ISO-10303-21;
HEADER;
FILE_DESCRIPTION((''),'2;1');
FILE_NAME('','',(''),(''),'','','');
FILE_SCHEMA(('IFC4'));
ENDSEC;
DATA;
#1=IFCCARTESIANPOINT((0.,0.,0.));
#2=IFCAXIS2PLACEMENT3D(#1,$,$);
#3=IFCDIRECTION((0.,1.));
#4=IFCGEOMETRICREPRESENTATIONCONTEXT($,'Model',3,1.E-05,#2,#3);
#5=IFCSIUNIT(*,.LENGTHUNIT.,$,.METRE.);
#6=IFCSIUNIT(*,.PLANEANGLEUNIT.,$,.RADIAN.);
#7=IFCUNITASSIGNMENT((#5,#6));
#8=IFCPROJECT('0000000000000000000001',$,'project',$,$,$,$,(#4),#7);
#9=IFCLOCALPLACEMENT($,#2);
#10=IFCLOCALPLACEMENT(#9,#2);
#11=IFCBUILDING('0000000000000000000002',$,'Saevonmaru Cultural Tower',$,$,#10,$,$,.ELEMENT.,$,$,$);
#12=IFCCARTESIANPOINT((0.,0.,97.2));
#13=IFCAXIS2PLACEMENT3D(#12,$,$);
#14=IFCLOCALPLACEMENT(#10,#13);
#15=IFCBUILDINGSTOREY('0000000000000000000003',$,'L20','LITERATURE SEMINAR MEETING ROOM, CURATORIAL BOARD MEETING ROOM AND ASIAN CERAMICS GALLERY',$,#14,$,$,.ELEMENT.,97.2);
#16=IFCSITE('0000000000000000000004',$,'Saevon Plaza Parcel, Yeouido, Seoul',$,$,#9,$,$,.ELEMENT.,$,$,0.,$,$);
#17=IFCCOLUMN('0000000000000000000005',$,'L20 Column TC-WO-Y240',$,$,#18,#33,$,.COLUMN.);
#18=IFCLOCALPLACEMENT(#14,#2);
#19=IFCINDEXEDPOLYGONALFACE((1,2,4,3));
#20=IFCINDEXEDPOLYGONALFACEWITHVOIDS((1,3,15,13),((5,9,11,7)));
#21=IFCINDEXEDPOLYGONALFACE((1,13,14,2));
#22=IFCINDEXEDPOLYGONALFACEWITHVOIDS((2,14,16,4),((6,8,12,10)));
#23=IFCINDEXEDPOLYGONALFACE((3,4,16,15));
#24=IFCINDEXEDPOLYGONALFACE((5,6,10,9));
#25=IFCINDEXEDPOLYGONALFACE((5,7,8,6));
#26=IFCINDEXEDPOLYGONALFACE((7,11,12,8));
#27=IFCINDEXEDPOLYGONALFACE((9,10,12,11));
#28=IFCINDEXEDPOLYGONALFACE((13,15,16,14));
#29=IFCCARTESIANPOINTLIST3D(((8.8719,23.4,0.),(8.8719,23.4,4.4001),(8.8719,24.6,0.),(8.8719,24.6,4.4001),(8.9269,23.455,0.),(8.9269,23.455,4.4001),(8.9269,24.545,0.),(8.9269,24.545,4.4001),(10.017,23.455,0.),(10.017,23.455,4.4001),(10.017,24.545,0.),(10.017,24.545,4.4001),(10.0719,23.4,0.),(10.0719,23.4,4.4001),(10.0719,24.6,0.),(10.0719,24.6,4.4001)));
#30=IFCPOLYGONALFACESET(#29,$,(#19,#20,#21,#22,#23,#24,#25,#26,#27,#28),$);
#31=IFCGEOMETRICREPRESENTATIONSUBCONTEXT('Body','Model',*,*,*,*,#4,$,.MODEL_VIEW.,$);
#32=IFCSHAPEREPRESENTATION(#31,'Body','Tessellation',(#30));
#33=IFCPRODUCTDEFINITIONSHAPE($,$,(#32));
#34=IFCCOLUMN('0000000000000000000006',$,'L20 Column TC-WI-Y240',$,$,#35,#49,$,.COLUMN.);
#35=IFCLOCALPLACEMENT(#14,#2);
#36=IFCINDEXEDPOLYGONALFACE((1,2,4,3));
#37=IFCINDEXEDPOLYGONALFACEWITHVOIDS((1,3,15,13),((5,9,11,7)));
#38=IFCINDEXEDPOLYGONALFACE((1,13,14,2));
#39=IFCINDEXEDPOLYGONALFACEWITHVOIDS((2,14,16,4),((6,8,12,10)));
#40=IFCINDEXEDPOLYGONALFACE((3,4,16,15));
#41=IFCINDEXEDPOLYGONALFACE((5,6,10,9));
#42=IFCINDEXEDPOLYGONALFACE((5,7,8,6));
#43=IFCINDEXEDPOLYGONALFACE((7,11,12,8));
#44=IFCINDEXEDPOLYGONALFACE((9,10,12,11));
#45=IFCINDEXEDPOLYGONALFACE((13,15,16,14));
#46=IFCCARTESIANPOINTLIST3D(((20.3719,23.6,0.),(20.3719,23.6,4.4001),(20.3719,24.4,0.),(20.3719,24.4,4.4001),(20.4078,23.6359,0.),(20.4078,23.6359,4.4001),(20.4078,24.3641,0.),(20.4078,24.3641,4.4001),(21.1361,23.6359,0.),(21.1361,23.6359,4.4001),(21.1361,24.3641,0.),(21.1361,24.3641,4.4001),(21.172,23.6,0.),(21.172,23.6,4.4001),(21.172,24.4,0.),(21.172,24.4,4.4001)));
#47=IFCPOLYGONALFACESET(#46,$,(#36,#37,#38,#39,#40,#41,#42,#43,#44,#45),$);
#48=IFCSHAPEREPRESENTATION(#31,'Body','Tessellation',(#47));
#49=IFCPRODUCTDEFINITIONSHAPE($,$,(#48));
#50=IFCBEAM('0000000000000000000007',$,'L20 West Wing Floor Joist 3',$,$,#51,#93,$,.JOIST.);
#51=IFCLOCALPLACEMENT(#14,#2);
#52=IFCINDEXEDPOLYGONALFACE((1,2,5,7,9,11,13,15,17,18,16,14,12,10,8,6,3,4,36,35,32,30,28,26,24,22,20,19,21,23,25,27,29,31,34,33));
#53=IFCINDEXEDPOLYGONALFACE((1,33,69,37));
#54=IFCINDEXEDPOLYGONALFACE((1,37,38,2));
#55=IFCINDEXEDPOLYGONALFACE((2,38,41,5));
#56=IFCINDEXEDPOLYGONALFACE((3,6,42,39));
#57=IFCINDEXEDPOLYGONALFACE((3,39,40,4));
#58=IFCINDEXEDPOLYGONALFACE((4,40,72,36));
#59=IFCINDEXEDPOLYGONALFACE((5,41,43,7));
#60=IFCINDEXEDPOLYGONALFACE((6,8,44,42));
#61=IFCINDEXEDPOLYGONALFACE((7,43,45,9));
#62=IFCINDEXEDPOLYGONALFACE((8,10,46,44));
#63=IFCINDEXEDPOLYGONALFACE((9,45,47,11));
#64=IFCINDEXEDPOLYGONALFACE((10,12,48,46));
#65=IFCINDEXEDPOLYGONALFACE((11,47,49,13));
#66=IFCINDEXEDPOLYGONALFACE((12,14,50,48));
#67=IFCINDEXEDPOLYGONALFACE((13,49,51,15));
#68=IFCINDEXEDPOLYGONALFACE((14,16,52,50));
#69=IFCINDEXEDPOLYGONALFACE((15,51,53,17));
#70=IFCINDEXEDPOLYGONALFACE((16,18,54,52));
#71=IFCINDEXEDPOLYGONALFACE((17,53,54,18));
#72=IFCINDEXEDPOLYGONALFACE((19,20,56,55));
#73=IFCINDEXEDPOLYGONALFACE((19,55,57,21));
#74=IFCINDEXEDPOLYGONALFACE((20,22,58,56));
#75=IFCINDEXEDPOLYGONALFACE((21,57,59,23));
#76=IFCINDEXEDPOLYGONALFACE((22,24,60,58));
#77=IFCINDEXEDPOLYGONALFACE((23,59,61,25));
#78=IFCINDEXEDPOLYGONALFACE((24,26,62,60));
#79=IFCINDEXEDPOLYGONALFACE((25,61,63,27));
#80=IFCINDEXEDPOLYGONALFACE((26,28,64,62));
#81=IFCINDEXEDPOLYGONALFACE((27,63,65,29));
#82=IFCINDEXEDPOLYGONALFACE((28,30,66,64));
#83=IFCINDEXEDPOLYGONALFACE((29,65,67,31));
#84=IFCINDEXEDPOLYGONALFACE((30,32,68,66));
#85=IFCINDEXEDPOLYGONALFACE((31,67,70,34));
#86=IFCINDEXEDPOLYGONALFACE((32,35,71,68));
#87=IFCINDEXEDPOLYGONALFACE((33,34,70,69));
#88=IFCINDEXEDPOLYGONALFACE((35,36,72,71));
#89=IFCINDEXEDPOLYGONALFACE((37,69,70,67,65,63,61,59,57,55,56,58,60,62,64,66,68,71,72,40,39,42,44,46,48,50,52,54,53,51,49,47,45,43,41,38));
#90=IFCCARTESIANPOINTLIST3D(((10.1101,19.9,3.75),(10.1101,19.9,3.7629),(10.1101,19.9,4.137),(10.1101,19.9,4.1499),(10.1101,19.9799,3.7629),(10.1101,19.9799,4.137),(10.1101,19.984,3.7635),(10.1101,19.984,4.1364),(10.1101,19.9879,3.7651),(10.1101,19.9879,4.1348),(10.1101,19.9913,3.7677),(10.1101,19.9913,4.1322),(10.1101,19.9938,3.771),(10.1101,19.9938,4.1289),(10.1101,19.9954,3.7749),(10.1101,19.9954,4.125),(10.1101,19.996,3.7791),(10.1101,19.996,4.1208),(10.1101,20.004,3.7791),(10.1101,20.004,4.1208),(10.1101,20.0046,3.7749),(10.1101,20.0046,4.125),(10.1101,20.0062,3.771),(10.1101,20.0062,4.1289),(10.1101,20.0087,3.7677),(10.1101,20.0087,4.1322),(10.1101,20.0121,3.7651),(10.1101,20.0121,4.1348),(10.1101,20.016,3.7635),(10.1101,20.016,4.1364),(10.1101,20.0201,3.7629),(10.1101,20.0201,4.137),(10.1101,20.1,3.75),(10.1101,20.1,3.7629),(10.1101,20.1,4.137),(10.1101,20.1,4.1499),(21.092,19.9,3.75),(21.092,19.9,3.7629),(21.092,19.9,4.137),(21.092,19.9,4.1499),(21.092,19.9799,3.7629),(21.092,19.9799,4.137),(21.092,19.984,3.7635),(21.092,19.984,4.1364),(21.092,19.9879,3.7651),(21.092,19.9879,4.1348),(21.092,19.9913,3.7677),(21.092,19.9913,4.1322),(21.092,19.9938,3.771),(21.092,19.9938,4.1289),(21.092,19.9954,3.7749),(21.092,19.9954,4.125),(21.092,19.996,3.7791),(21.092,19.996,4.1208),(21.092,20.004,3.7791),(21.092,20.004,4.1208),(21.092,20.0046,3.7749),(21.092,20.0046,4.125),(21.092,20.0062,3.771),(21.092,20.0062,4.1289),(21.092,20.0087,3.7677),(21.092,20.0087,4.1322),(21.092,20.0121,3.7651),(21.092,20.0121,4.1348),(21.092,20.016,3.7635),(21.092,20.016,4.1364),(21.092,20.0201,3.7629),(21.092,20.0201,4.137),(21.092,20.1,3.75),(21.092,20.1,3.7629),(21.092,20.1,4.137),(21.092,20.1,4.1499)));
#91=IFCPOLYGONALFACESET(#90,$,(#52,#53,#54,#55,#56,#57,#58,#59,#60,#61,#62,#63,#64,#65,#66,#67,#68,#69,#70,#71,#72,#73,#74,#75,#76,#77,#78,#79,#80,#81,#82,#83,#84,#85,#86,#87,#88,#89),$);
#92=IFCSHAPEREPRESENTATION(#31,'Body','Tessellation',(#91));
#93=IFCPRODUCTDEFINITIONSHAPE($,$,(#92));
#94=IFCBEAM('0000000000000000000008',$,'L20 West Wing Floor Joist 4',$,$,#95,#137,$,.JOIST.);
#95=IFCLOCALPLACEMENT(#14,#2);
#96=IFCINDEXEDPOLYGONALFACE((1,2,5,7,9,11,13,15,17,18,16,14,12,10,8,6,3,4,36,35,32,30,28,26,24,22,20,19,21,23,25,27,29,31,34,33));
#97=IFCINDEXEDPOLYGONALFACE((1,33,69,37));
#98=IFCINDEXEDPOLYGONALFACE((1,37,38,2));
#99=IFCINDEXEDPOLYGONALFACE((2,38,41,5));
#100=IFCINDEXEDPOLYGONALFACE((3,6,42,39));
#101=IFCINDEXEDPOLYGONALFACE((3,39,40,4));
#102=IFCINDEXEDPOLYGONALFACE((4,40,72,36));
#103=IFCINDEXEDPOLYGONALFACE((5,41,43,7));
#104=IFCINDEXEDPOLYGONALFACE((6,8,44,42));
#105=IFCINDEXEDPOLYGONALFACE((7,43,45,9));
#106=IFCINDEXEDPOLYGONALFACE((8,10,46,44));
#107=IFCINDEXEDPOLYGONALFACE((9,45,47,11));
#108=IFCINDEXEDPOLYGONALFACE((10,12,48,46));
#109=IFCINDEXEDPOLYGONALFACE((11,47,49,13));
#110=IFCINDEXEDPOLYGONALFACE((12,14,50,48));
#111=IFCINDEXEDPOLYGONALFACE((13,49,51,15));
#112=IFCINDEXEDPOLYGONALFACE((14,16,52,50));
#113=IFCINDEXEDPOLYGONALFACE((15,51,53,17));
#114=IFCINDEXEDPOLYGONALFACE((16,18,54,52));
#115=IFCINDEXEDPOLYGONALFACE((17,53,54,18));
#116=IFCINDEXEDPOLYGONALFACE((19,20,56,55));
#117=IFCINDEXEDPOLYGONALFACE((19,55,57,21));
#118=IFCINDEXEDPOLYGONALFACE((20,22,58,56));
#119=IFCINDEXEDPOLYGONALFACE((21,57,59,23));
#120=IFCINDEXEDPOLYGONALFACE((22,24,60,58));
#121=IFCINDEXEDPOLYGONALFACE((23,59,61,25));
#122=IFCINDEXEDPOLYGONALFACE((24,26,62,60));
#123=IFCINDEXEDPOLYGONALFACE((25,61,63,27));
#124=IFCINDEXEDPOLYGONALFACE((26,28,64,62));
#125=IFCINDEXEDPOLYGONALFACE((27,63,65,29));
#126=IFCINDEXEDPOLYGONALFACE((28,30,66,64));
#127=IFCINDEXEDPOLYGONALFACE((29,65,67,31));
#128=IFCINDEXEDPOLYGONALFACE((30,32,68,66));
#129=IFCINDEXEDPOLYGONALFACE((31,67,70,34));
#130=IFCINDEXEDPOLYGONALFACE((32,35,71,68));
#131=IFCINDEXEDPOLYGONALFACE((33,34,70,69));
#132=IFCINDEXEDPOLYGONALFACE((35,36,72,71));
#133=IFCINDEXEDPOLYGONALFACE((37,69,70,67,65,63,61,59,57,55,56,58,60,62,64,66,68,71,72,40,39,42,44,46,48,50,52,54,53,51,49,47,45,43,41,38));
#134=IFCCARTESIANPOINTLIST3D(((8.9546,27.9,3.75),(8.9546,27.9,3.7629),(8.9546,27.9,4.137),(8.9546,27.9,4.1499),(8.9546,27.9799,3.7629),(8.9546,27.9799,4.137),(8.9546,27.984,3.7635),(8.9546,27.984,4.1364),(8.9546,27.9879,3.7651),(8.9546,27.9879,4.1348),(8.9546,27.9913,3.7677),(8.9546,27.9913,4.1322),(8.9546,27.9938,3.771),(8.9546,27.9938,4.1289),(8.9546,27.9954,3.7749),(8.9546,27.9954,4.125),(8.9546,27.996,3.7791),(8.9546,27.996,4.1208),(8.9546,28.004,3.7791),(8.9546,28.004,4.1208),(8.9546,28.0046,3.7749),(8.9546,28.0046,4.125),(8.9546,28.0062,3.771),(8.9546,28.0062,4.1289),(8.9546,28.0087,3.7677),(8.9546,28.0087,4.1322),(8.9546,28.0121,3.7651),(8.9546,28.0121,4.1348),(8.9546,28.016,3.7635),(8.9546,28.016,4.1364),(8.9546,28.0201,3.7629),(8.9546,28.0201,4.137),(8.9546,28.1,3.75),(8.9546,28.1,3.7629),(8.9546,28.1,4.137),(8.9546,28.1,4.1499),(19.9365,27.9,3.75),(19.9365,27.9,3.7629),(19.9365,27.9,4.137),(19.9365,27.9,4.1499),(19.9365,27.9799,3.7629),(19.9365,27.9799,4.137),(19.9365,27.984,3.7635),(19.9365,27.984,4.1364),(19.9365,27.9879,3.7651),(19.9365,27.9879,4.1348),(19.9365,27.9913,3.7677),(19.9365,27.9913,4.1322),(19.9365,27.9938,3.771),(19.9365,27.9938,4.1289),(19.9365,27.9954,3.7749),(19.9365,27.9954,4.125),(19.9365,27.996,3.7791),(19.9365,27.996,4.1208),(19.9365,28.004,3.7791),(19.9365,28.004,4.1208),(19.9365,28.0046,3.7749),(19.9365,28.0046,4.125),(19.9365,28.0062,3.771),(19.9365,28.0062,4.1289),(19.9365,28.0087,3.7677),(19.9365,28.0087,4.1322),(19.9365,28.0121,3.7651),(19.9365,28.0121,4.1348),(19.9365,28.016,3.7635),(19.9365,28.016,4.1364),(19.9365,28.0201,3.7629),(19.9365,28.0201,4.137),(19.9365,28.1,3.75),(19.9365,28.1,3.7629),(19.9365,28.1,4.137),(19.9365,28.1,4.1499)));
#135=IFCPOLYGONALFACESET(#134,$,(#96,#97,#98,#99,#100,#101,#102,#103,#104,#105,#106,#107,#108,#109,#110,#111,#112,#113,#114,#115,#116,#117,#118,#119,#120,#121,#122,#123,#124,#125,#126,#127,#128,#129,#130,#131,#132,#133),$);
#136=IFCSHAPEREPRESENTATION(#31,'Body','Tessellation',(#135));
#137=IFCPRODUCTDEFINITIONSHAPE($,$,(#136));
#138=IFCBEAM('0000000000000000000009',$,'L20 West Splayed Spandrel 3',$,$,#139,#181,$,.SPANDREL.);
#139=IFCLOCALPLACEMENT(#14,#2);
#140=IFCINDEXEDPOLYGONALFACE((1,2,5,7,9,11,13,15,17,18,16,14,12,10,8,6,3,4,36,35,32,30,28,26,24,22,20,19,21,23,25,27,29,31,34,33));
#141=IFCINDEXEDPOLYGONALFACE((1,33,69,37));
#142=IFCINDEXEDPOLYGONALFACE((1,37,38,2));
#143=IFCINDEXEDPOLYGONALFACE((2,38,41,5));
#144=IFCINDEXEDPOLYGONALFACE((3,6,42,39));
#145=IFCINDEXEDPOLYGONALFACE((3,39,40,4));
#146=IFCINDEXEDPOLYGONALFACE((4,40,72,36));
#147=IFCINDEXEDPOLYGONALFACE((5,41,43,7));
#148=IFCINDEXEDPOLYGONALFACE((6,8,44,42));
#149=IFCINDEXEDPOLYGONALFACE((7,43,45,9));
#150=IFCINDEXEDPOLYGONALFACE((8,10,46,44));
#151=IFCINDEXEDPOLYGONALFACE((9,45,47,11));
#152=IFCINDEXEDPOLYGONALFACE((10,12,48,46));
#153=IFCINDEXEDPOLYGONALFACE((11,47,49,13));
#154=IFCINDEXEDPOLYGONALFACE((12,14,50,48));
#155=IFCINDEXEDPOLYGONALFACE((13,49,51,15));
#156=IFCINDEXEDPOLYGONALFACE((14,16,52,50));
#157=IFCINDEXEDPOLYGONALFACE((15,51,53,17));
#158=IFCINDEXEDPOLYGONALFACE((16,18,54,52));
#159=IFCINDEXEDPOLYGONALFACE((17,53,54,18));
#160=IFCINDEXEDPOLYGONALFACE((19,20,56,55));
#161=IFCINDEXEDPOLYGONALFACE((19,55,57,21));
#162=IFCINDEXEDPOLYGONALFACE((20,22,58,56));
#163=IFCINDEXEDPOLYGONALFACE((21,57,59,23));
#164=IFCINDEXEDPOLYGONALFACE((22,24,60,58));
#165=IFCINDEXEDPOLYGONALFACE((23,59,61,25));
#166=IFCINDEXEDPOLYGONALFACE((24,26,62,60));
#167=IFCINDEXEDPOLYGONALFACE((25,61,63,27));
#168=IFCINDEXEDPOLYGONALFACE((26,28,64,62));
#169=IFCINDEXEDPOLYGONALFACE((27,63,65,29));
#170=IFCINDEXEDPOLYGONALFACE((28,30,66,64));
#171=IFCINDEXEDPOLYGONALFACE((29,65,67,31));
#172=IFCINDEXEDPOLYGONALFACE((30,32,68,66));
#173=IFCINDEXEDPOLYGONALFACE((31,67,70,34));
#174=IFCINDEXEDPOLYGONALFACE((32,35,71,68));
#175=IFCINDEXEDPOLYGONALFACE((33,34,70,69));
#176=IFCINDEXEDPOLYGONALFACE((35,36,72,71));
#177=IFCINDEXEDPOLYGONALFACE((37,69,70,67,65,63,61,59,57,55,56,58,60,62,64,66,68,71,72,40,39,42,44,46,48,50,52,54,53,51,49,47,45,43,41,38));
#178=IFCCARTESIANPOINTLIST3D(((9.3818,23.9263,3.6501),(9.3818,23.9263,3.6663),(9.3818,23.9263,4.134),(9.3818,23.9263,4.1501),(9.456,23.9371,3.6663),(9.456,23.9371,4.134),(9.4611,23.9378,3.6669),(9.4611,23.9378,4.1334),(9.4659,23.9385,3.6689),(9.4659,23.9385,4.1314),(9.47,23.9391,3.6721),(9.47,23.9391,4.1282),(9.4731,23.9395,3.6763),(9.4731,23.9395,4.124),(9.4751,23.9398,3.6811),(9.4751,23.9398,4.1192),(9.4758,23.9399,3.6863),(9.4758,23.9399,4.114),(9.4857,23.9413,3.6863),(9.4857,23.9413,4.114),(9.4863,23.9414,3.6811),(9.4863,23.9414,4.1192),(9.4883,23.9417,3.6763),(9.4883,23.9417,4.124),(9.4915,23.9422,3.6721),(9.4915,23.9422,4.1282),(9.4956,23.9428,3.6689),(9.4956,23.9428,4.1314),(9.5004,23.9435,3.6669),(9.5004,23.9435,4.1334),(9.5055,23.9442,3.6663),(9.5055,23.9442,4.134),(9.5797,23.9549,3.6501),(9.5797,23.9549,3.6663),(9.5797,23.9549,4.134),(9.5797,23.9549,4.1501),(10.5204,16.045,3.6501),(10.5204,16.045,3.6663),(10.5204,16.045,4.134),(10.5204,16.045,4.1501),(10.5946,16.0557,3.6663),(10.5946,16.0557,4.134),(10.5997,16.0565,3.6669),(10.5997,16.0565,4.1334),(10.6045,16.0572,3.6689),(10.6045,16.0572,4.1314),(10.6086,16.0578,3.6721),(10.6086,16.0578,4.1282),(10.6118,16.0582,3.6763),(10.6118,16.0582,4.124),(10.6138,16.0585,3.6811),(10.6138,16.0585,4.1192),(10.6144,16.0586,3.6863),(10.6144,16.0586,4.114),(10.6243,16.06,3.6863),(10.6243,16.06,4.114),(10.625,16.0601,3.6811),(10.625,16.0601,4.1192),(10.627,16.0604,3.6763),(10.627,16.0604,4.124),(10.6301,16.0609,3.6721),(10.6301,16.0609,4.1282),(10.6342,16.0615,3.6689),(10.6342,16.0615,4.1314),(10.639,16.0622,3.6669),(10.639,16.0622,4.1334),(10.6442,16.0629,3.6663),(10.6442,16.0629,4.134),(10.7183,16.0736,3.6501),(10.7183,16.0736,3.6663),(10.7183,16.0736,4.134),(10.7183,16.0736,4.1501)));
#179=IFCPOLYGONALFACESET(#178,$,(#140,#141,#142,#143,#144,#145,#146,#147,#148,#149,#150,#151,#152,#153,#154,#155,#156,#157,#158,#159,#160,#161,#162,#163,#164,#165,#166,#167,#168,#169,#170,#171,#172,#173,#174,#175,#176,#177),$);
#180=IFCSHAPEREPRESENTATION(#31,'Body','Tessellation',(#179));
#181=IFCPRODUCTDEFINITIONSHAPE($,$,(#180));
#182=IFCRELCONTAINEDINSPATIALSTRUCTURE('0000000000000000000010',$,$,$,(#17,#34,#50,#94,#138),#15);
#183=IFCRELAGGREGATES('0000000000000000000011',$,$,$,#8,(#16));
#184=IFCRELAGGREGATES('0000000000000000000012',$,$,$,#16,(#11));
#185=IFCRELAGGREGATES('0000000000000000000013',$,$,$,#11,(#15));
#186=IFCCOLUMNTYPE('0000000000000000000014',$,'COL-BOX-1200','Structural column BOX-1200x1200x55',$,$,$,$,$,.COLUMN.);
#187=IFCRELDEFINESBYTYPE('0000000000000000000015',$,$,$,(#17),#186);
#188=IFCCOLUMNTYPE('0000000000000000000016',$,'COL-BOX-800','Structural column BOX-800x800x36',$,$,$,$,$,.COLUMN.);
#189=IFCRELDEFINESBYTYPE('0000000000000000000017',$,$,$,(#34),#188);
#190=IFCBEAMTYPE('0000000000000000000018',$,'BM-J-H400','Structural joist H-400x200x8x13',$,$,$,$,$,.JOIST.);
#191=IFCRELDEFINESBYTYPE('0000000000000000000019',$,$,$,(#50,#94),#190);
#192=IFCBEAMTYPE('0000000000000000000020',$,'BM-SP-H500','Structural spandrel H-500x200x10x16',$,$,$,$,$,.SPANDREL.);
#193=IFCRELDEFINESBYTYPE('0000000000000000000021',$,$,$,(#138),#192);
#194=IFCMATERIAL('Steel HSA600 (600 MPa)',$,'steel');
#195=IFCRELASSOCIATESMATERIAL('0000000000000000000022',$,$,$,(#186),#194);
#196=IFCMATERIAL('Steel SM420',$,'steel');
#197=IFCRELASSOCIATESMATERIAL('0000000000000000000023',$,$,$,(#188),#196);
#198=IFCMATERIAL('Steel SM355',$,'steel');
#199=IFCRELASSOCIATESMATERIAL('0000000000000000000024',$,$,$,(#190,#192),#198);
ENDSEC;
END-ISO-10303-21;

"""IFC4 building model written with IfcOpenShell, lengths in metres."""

from ifc_helpers import new_model, si_unit, direction, frame, origin, origin_2d, place, context, subcontext, project, spatial, hollow_rectangle, i_section, extrude, material, material_profile, profile_set, type_object, element, save


model = new_model("IFC4")

# Units and contexts
model_context = context("Model", 3, precision=1e-05, world=origin(), true_north=direction((0.0, 1.0)))
body_context = subcontext(model_context, "Body", "Model", "MODEL_VIEW")
ifc_project = project(units=[si_unit("LENGTHUNIT", "METRE"), si_unit("PLANEANGLEUNIT", "RADIAN")], contexts=[model_context])

# Site, building, storey
site_placement = place(None, origin())
site = spatial("IfcSite", under=ifc_project, at=site_placement, Name="Saevon Plaza Parcel, Yeouido, Seoul", CompositionType="ELEMENT", RefElevation=0.0)
building_placement = place(site_placement, origin())
building = spatial("IfcBuilding", under=site, at=building_placement, Name="Saevonmaru Cultural Tower", CompositionType="ELEMENT")
storey_placement = place(building_placement, frame((0.0, 0.0, 97.2)))
storey = spatial("IfcBuildingStorey", under=building, at=storey_placement, Name="L20", Description="LITERATURE SEMINAR MEETING ROOM, CURATORIAL BOARD MEETING ROOM AND ASIAN CERAMICS GALLERY", CompositionType="ELEMENT", Elevation=97.2)

# Columns
ifc_material_1 = material(Name="Steel HSA600 (600 MPa)", Category="steel")
ifc_material_profile_1 = material_profile(ifc_material_1, hollow_rectangle(XDim=1.2, YDim=1.2, WallThickness=0.0549, at=origin_2d()), Name="BOX-1200x1200x55")
ifc_profile_set_1 = profile_set([ifc_material_profile_1], Name="Steel HSA600 (600 MPa)")
column_type_1 = type_object("IfcColumnType", Name="COL-BOX-1200", Description="Structural column BOX-1200x1200x55", PredefinedType="COLUMN", material=ifc_profile_set_1)
column_1_placement = place(storey_placement, frame((9.4719, 24.0, 0.0), z_axis=(0.0, 0.0, 1.0), x_axis=(1.0, 0.0, 0.0)))
element("IfcColumn", 1, at=column_1_placement, inside=storey, type_object=column_type_1, Name="L20 Column TC-WO-Y240", PredefinedType="COLUMN", context=body_context, shape_type="SweptSolid", body=[
    extrude(hollow_rectangle(XDim=1.2, YDim=1.2, WallThickness=0.0549, at=origin_2d()), origin(), (0.0, 0.0, 1.0), 4.4001),
])
ifc_material_2 = material(Name="Steel SM420", Category="steel")
ifc_material_profile_2 = material_profile(ifc_material_2, hollow_rectangle(XDim=0.8, YDim=0.8, WallThickness=0.0359, at=origin_2d()), Name="BOX-800x800x36")
ifc_profile_set_2 = profile_set([ifc_material_profile_2], Name="Steel SM420")
column_type_2 = type_object("IfcColumnType", Name="COL-BOX-800", Description="Structural column BOX-800x800x36", PredefinedType="COLUMN", material=ifc_profile_set_2)
column_2_placement = place(storey_placement, frame((20.772, 24.0, 0.0), z_axis=(0.0, 0.0, 1.0), x_axis=(1.0, 0.0, 0.0)))
element("IfcColumn", 2, at=column_2_placement, inside=storey, type_object=column_type_2, Name="L20 Column TC-WI-Y240", PredefinedType="COLUMN", context=body_context, shape_type="SweptSolid", body=[
    extrude(hollow_rectangle(XDim=0.8, YDim=0.8, WallThickness=0.0359, at=origin_2d()), origin(), (0.0, 0.0, 1.0), 4.4001),
])

# Beams
ifc_material_3 = material(Name="Steel SM355", Category="steel")
ifc_material_profile_3 = material_profile(ifc_material_3, i_section(OverallWidth=0.2, OverallDepth=0.3999, WebThickness=0.0081, FlangeThickness=0.0129, FilletRadius=0.0161, at=origin_2d()), Name="H-400x200x8x13")
ifc_profile_set_3 = profile_set([ifc_material_profile_3], Name="Steel SM355")
beam_type_1 = type_object("IfcBeamType", Name="BM-J-H400", Description="Structural joist H-400x200x8x13", PredefinedType="JOIST", material=ifc_profile_set_3)
for number, where, z_axis, x_axis, name in (
    (3, (10.1101, 20.0, 3.95), (1.0, 0.0, 0.0), (0.0, 1.0, 0.0), "L20 West Wing Floor Joist 3"),
    (4, (8.9546, 28.0, 3.95), (1.0, 0.0, 0.0), (0.0, 1.0, 0.0), "L20 West Wing Floor Joist 4"),
):
    element("IfcBeam", number, at=place(storey_placement, frame(where, z_axis=z_axis, x_axis=x_axis)), inside=storey, type_object=beam_type_1, Name=name, PredefinedType="JOIST", context=body_context, shape_type="SweptSolid", body=[
        extrude(i_section(OverallWidth=0.2, OverallDepth=0.3999, WebThickness=0.0081, FlangeThickness=0.0129, FilletRadius=0.0161, at=origin_2d()), origin(), (0.0, 0.0, 1.0), 10.9819),
    ])
ifc_material_profile_4 = material_profile(ifc_material_3, i_section(OverallWidth=0.2, OverallDepth=0.5, WebThickness=0.01, FlangeThickness=0.0161, FilletRadius=0.02, at=origin_2d()), Name="H-500x200x10x16")
ifc_profile_set_4 = profile_set([ifc_material_profile_4], Name="Steel SM355")
beam_type_2 = type_object("IfcBeamType", Name="BM-SP-H500", Description="Structural spandrel H-500x200x10x16", PredefinedType="SPANDREL", material=ifc_profile_set_4)
for number, where, z_axis, x_axis, name in (
    (5, (10.6194, 16.0593, 3.9001), (-0.142992, 0.989724, 0.0), (-0.989724, -0.142992, 0.0), "L20 West Splayed Spandrel 3"),
):
    element("IfcBeam", number, at=place(storey_placement, frame(where, z_axis=z_axis, x_axis=x_axis)), inside=storey, type_object=beam_type_2, Name=name, PredefinedType="SPANDREL", context=body_context, shape_type="SweptSolid", body=[
        extrude(i_section(OverallWidth=0.2, OverallDepth=0.5, WebThickness=0.01, FlangeThickness=0.0161, FilletRadius=0.02, at=origin_2d()), origin(), (0.0, 0.0, 1.0), 7.9631),
    ])

save(model, "model.ifc")
